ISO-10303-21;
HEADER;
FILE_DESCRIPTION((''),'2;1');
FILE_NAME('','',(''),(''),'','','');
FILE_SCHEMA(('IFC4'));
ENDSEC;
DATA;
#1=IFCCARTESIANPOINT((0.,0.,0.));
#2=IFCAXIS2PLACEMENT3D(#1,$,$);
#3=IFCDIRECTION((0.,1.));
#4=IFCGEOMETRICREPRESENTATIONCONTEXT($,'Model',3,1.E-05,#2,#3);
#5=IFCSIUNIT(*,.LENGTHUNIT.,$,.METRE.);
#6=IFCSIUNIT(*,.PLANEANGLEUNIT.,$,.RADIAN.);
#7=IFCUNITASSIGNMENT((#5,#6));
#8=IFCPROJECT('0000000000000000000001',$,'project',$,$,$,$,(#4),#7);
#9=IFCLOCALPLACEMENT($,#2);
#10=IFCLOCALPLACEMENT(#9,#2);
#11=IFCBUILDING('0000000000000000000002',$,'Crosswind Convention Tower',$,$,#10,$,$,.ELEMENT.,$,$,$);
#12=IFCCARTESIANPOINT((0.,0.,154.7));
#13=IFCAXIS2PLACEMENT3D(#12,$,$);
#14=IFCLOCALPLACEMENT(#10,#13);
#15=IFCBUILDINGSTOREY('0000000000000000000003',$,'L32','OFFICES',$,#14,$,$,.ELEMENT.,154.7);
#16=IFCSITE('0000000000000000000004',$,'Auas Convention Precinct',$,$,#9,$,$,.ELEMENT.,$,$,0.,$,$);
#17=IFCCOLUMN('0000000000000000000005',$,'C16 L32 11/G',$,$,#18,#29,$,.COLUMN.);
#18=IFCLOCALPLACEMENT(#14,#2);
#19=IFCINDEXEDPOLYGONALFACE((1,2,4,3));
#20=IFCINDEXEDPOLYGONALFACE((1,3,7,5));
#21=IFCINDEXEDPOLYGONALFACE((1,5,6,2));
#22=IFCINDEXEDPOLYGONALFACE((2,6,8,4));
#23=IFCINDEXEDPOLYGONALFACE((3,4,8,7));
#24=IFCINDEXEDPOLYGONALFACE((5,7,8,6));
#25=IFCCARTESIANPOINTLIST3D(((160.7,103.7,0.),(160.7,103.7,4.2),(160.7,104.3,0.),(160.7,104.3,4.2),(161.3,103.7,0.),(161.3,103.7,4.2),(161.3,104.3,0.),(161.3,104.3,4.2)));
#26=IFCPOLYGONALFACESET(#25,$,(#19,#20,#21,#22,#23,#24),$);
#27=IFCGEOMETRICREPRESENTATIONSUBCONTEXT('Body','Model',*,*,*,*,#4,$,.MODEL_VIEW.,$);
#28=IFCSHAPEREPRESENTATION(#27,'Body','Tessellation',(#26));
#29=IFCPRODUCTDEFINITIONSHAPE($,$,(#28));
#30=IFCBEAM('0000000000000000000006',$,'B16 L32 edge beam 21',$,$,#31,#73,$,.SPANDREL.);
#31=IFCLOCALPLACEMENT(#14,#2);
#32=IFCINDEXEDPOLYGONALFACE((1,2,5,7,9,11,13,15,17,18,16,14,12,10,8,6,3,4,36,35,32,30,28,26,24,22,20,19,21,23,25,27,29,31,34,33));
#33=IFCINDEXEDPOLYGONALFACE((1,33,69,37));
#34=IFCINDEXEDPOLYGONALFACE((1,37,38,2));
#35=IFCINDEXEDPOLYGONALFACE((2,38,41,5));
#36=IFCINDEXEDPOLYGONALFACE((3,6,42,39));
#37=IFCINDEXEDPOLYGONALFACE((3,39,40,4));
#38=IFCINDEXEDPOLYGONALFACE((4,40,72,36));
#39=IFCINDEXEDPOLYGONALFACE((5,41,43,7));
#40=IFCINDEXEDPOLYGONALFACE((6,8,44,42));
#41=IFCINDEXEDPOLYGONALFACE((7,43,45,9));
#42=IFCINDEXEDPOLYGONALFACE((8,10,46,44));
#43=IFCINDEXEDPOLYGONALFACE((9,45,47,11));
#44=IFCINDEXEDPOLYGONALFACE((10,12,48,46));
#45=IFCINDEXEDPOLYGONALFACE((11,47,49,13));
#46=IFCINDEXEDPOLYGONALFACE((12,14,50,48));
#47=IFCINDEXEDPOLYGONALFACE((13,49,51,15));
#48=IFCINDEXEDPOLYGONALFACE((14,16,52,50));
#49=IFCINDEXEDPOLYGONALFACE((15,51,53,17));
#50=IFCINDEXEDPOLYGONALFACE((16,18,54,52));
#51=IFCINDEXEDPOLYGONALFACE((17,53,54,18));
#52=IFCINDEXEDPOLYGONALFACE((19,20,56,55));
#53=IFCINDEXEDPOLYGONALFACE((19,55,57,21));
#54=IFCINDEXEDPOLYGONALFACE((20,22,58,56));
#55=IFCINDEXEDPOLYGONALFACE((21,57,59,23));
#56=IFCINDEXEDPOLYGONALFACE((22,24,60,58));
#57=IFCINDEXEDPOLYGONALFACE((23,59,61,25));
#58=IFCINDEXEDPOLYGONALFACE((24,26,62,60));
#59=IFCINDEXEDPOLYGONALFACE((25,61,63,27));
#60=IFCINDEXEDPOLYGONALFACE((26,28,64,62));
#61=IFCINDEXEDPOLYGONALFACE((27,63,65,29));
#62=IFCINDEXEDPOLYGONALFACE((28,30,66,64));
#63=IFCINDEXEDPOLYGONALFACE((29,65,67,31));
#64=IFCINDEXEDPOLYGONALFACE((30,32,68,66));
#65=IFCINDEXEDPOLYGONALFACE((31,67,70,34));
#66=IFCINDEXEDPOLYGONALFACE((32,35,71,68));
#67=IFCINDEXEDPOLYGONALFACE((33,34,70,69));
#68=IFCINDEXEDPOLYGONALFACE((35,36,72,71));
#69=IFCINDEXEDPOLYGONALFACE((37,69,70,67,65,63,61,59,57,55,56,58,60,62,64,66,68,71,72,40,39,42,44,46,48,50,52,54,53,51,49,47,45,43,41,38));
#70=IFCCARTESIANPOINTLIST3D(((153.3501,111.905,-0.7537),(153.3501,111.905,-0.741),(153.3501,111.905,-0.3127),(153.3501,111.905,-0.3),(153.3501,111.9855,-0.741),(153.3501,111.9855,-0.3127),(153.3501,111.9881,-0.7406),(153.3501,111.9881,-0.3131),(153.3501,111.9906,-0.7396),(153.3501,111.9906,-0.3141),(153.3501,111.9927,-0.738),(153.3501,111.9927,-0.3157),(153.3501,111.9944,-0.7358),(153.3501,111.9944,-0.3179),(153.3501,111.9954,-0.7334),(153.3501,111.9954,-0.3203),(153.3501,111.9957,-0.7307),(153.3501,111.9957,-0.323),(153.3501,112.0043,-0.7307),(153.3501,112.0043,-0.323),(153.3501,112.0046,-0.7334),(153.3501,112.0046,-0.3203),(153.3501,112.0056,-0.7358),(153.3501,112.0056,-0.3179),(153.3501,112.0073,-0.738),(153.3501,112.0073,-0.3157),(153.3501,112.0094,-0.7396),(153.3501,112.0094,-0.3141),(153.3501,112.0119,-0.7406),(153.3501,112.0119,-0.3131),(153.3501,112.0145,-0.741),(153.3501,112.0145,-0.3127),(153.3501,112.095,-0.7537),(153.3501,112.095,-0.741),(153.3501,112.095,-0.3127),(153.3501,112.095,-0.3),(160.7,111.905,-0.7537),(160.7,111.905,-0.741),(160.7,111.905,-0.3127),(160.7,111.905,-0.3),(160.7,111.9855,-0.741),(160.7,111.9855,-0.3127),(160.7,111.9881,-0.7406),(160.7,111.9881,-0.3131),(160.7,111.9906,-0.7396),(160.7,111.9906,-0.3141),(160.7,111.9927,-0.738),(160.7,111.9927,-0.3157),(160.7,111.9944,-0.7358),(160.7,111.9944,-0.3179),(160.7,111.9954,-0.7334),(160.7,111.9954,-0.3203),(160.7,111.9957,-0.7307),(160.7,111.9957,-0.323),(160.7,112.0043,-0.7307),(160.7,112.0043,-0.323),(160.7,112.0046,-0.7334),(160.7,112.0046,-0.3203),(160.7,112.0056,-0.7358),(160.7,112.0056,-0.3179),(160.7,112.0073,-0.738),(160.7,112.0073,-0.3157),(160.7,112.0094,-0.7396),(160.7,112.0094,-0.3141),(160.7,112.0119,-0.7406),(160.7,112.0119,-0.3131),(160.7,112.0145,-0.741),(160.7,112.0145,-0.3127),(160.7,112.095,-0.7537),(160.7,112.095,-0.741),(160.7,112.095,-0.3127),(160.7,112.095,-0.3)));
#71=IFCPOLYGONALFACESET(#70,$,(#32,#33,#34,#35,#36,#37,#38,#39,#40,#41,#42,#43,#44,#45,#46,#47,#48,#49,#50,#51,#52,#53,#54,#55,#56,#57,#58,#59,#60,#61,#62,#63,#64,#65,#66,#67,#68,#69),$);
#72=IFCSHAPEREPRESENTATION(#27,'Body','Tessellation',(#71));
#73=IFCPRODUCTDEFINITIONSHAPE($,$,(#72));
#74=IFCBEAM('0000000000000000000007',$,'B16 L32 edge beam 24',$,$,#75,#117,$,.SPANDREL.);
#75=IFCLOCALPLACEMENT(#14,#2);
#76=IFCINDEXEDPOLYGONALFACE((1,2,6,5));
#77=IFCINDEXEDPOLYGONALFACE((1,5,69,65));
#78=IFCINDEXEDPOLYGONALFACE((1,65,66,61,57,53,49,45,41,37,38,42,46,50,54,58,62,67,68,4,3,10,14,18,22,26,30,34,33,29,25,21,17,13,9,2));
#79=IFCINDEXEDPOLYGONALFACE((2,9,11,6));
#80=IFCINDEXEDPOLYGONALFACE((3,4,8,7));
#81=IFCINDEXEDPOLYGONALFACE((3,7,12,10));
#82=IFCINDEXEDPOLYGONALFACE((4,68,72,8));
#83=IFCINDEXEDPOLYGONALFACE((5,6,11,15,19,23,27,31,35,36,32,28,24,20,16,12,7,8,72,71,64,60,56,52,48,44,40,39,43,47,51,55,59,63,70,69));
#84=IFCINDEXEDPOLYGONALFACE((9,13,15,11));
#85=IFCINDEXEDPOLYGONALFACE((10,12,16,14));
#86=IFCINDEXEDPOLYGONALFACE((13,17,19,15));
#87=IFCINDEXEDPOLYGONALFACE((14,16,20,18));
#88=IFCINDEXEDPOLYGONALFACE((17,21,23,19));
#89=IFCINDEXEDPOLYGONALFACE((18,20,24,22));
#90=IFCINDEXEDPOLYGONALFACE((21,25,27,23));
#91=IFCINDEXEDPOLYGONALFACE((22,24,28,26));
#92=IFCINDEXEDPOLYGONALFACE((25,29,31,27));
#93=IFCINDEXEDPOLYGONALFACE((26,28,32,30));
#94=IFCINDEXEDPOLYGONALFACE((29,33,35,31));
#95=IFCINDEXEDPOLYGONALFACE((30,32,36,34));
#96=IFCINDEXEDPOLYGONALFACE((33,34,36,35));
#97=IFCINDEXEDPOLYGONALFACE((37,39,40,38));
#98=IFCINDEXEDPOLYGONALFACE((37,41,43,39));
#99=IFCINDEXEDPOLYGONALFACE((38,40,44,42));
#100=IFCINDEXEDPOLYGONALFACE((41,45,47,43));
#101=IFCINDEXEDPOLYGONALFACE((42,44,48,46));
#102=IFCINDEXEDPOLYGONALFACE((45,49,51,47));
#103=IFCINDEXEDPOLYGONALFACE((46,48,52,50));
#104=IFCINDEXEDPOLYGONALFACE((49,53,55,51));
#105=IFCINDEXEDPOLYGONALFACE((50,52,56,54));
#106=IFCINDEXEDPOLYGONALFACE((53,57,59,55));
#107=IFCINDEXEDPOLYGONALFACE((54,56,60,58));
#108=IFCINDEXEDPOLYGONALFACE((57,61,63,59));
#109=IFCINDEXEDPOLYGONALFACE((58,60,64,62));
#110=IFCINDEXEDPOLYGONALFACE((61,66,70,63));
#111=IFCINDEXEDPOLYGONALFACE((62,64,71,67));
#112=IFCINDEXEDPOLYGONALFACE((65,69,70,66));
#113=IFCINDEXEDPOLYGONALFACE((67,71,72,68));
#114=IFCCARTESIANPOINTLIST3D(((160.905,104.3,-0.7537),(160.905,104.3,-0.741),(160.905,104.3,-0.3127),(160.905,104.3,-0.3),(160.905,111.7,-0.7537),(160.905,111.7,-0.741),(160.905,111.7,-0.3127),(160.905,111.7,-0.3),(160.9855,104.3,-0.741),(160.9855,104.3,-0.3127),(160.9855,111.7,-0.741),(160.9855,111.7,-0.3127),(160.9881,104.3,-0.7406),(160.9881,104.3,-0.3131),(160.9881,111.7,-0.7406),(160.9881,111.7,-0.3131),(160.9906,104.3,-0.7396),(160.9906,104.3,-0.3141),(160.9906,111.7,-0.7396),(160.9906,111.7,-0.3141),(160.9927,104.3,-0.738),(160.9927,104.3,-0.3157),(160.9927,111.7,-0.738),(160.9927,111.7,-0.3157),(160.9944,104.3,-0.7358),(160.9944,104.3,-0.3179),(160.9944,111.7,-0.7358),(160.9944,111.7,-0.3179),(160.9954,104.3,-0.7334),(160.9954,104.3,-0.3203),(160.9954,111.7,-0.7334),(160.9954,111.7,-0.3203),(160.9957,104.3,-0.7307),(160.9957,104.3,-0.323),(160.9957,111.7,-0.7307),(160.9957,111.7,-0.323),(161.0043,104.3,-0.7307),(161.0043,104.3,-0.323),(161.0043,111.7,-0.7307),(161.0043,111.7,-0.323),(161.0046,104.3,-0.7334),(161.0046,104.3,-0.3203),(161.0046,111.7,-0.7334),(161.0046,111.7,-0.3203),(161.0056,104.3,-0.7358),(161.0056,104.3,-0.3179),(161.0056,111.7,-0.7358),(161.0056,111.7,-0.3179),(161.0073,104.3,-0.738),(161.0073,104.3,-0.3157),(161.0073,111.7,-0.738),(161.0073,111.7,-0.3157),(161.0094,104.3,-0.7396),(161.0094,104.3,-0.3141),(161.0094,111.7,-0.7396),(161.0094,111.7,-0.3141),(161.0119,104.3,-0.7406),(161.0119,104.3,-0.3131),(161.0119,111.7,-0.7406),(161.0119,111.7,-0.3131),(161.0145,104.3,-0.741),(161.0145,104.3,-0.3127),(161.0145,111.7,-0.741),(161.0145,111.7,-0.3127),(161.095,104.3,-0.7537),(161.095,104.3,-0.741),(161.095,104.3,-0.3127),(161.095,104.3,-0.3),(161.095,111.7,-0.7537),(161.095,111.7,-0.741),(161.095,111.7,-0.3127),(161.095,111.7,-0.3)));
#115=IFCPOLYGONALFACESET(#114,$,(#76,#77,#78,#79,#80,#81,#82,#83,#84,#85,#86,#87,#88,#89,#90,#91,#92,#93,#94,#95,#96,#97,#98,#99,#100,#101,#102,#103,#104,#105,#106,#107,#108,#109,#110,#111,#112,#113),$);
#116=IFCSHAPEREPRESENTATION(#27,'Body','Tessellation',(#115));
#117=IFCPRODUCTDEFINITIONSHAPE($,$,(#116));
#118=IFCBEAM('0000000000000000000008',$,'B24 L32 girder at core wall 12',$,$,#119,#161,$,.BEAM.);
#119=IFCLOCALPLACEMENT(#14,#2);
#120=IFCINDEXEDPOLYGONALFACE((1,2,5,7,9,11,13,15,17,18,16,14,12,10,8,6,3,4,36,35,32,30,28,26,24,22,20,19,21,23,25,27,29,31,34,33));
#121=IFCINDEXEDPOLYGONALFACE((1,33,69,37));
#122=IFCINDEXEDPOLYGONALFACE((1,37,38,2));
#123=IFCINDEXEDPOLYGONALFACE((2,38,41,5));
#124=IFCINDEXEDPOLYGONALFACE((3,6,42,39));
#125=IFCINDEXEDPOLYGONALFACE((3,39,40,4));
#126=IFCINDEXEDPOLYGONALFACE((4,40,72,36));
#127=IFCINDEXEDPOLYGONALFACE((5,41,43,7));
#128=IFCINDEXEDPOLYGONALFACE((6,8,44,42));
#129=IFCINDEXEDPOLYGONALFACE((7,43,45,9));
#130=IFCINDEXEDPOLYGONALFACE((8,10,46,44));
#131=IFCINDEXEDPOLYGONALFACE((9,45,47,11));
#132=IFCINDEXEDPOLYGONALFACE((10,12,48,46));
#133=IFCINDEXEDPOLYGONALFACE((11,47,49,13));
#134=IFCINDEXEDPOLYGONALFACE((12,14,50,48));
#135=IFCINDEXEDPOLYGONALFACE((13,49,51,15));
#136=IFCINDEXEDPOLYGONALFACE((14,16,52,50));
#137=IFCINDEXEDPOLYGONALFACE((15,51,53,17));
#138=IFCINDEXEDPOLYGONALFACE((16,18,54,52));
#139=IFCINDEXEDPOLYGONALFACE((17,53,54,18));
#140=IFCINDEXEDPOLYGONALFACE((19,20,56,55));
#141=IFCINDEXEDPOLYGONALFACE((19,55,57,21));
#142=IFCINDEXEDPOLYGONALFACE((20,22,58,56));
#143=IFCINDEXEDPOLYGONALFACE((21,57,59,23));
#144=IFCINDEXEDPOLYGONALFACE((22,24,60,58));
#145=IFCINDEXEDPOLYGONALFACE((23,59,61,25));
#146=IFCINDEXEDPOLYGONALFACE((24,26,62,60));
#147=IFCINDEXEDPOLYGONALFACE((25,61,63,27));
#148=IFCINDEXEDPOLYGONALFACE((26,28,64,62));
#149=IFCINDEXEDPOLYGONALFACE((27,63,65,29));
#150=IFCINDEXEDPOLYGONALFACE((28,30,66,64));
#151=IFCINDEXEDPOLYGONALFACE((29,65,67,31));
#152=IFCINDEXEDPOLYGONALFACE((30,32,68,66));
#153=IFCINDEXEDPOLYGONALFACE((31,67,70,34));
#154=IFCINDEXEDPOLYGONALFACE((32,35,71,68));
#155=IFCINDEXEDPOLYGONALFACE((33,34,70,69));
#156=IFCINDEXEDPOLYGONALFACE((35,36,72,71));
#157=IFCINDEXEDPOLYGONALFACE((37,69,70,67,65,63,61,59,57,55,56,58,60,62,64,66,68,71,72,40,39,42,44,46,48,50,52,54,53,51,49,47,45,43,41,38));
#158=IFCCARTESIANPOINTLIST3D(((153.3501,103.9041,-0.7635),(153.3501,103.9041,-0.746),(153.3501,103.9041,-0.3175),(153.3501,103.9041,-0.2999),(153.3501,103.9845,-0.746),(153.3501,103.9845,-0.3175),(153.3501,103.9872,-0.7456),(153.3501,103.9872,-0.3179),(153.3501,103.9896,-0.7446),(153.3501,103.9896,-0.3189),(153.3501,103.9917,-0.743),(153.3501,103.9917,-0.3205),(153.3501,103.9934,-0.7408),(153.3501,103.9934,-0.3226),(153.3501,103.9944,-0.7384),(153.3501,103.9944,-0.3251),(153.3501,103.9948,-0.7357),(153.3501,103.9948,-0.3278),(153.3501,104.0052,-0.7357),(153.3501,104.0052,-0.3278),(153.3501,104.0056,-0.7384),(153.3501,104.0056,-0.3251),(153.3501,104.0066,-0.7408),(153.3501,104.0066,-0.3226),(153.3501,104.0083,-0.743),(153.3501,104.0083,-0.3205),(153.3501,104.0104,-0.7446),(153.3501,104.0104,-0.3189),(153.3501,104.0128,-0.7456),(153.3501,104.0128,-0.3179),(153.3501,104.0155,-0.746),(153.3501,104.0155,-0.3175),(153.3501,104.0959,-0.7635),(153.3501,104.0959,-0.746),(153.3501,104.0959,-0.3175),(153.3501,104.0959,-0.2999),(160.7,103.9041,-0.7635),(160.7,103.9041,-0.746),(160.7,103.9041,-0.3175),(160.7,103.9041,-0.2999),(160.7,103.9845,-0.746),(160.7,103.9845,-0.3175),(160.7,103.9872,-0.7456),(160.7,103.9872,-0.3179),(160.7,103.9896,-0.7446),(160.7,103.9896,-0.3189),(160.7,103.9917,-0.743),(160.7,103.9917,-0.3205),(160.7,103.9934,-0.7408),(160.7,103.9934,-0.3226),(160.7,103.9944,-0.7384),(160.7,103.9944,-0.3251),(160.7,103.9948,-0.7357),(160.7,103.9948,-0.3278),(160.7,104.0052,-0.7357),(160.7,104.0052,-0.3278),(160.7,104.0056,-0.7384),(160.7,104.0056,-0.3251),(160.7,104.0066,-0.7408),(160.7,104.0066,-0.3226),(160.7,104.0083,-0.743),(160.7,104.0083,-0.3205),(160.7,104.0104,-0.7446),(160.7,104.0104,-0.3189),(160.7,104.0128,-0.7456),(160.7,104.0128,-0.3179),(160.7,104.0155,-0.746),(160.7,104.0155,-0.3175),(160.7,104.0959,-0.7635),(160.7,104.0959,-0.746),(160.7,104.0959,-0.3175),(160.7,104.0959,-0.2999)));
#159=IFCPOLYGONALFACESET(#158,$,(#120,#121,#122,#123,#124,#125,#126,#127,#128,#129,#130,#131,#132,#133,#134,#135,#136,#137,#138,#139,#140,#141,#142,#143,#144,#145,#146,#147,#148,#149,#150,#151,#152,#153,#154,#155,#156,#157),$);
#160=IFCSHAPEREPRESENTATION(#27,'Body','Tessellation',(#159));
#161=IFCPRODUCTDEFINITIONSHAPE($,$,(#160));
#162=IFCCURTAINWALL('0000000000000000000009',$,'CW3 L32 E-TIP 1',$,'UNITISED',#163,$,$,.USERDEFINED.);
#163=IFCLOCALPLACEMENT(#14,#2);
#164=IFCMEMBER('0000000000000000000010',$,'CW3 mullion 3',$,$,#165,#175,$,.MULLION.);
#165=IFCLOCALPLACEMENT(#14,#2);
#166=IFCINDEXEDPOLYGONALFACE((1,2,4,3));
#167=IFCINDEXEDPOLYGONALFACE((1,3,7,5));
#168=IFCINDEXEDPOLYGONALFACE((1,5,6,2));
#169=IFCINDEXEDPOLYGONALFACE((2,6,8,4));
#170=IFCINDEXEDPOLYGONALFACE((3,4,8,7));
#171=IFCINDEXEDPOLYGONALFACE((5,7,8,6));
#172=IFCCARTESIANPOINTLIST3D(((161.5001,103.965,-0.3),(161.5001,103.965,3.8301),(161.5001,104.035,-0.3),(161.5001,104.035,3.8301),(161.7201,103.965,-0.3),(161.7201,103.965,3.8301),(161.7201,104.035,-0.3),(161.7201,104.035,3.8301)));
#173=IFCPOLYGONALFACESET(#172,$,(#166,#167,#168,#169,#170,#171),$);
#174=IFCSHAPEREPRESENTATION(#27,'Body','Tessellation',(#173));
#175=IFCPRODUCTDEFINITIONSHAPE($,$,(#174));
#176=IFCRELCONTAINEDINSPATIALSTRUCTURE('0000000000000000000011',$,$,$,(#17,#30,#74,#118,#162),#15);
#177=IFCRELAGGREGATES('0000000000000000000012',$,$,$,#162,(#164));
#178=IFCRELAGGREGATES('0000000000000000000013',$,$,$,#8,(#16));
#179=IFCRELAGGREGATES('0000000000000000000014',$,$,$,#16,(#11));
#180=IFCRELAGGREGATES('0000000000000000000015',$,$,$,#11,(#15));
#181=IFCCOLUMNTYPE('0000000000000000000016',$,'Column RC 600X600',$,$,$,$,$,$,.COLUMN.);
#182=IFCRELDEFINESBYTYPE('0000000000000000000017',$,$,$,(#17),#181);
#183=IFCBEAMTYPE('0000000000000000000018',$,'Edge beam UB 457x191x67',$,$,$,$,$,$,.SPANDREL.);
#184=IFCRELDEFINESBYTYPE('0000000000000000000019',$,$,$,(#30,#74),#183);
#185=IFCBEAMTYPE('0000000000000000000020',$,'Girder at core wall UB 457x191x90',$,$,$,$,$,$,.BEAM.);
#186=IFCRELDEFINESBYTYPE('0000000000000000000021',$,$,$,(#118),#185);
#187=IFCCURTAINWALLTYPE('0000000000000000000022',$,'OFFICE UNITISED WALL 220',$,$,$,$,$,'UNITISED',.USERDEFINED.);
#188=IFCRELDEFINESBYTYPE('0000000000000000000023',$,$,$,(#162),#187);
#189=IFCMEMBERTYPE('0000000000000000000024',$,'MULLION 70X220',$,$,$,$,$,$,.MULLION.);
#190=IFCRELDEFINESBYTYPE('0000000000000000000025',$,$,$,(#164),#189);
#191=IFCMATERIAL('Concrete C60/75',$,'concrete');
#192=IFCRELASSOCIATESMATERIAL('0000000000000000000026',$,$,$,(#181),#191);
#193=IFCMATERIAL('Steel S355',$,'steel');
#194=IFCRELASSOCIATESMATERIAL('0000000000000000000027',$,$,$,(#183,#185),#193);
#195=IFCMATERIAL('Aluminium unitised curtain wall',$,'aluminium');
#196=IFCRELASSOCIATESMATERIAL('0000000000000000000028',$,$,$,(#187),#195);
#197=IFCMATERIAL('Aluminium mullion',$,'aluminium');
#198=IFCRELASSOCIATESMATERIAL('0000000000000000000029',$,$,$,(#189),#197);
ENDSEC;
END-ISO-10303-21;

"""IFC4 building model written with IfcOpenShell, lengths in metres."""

from ifc_helpers import new_model, si_unit, direction, frame, origin, origin_2d, place, context, subcontext, project, spatial, rectangle, i_section, extrude, material, material_profile, profile_set, type_object, element, aggregate, save


model = new_model("IFC4")

# Units and contexts
model_context = context("Model", 3, precision=1e-05, world=origin(), true_north=direction((0.0, 1.0)))
body_context = subcontext(model_context, "Body", "Model", "MODEL_VIEW")
ifc_project = project(units=[si_unit("LENGTHUNIT", "METRE"), si_unit("PLANEANGLEUNIT", "RADIAN")], contexts=[model_context])

# Site, building, storey
site_placement = place(None, origin())
site = spatial("IfcSite", under=ifc_project, at=site_placement, Name="Auas Convention Precinct", CompositionType="ELEMENT", RefElevation=0.0)
building_placement = place(site_placement, origin())
building = spatial("IfcBuilding", under=site, at=building_placement, Name="Crosswind Convention Tower", CompositionType="ELEMENT")
storey_placement = place(building_placement, frame((0.0, 0.0, 154.7)))
storey = spatial("IfcBuildingStorey", under=building, at=storey_placement, Name="L32", Description="OFFICES", CompositionType="ELEMENT", Elevation=154.7)

# Column
ifc_material_1 = material(Name="Concrete C60/75", Category="concrete")
ifc_material_profile_1 = material_profile(ifc_material_1, rectangle(XDim=0.6001, YDim=0.6001, at=origin_2d()), Name="RC 600X600")
ifc_profile_set_1 = profile_set([ifc_material_profile_1], Name="Concrete C60/75")
column_type = type_object("IfcColumnType", Name="Column RC 600X600", PredefinedType="COLUMN", material=ifc_profile_set_1)
column_placement = place(storey_placement, frame((161.0, 104.0, 0.0), z_axis=(0.0, 0.0, 1.0), x_axis=(1.0, 0.0, 0.0)))
element("IfcColumn", 1, at=column_placement, inside=storey, type_object=column_type, Name="C16 L32 11/G", PredefinedType="COLUMN", context=body_context, shape_type="SweptSolid", body=[
    extrude(rectangle(XDim=0.6001, YDim=0.6001, at=origin_2d()), origin(), (0.0, 0.0, 1.0), 4.2),
])

# Beams
ifc_material_2 = material(Name="Steel S355", Category="steel")
ifc_material_profile_2 = material_profile(ifc_material_2, i_section(OverallWidth=0.1899, OverallDepth=0.4536, WebThickness=0.0085, FlangeThickness=0.0127, FilletRadius=0.0103, at=origin_2d()), Name="UB 457x191x67")
ifc_profile_set_2 = profile_set([ifc_material_profile_2], Name="Steel S355")
beam_type_1 = type_object("IfcBeamType", Name="Edge beam UB 457x191x67", PredefinedType="SPANDREL", material=ifc_profile_set_2)
beam_1_placement = place(storey_placement, frame((153.3501, 112.0, -0.5269), z_axis=(1.0, 0.0, 0.0), x_axis=(0.0, 1.0, 0.0)))
element("IfcBeam", 2, at=beam_1_placement, inside=storey, type_object=beam_type_1, Name="B16 L32 edge beam 21", PredefinedType="SPANDREL", context=body_context, shape_type="SweptSolid", body=[
    extrude(i_section(OverallWidth=0.1899, OverallDepth=0.4536, WebThickness=0.0085, FlangeThickness=0.0127, FilletRadius=0.0103, at=origin_2d()), origin(), (0.0, 0.0, 1.0), 7.3499),
])
beam_2_placement = place(storey_placement, frame((161.0, 104.3, -0.5269), z_axis=(0.0, 1.0, 0.0), x_axis=(-1.0, 0.0, 0.0)))
element("IfcBeam", 3, at=beam_2_placement, inside=storey, type_object=beam_type_1, Name="B16 L32 edge beam 24", PredefinedType="SPANDREL", context=body_context, shape_type="SweptSolid", body=[
    extrude(i_section(OverallWidth=0.1899, OverallDepth=0.4536, WebThickness=0.0085, FlangeThickness=0.0127, FilletRadius=0.0103, at=origin_2d()), origin(), (0.0, 0.0, 1.0), 7.3999),
])
ifc_material_profile_3 = material_profile(ifc_material_2, i_section(OverallWidth=0.1919, OverallDepth=0.4636, WebThickness=0.0105, FlangeThickness=0.0176, FilletRadius=0.0103, at=origin_2d()), Name="UB 457x191x90")
ifc_profile_set_3 = profile_set([ifc_material_profile_3], Name="Steel S355")
beam_type_2 = type_object("IfcBeamType", Name="Girder at core wall UB 457x191x90", PredefinedType="BEAM", material=ifc_profile_set_3)
beam_3_placement = place(storey_placement, frame((153.3501, 104.0, -0.5317), z_axis=(1.0, 0.0, 0.0), x_axis=(0.0, 1.0, 0.0)))
element("IfcBeam", 4, at=beam_3_placement, inside=storey, type_object=beam_type_2, Name="B24 L32 girder at core wall 12", PredefinedType="BEAM", context=body_context, shape_type="SweptSolid", body=[
    extrude(i_section(OverallWidth=0.1919, OverallDepth=0.4636, WebThickness=0.0105, FlangeThickness=0.0176, FilletRadius=0.0103, at=origin_2d()), origin(), (0.0, 0.0, 1.0), 7.3499),
])

# Curtain wall, member
ifc_material_3 = material(Name="Aluminium unitised curtain wall", Category="aluminium")
curtain_wall_type = type_object("IfcCurtainWallType", Name="OFFICE UNITISED WALL 220", ElementType="UNITISED", PredefinedType="USERDEFINED", material=ifc_material_3)
curtain_wall_placement = place(storey_placement, origin())
curtain_wall = element("IfcCurtainWall", 5, at=curtain_wall_placement, inside=storey, type_object=curtain_wall_type, Name="CW3 L32 E-TIP 1", ObjectType="UNITISED", PredefinedType="USERDEFINED")
ifc_material_4 = material(Name="Aluminium mullion", Category="aluminium")
ifc_material_profile_4 = material_profile(ifc_material_4, rectangle(XDim=0.22, YDim=0.0701, at=origin_2d()), Name="AL 220X70")
ifc_profile_set_4 = profile_set([ifc_material_profile_4], Name="Aluminium mullion")
member_type = type_object("IfcMemberType", Name="MULLION 70X220", PredefinedType="MULLION", material=ifc_profile_set_4)
member_placement = place(storey_placement, frame((161.6101, 104.0, -0.3), z_axis=(0.0, 0.0, 1.0), x_axis=(1.0, 0.0, 0.0)))
member = element("IfcMember", 6, at=member_placement, type_object=member_type, Name="CW3 mullion 3", PredefinedType="MULLION", context=body_context, shape_type="SweptSolid", body=[
    extrude(rectangle(XDim=0.22, YDim=0.0701, at=origin_2d()), origin(), (0.0, 0.0, 1.0), 4.1301),
])

aggregate(curtain_wall, [member])

save(model, "model.ifc")
